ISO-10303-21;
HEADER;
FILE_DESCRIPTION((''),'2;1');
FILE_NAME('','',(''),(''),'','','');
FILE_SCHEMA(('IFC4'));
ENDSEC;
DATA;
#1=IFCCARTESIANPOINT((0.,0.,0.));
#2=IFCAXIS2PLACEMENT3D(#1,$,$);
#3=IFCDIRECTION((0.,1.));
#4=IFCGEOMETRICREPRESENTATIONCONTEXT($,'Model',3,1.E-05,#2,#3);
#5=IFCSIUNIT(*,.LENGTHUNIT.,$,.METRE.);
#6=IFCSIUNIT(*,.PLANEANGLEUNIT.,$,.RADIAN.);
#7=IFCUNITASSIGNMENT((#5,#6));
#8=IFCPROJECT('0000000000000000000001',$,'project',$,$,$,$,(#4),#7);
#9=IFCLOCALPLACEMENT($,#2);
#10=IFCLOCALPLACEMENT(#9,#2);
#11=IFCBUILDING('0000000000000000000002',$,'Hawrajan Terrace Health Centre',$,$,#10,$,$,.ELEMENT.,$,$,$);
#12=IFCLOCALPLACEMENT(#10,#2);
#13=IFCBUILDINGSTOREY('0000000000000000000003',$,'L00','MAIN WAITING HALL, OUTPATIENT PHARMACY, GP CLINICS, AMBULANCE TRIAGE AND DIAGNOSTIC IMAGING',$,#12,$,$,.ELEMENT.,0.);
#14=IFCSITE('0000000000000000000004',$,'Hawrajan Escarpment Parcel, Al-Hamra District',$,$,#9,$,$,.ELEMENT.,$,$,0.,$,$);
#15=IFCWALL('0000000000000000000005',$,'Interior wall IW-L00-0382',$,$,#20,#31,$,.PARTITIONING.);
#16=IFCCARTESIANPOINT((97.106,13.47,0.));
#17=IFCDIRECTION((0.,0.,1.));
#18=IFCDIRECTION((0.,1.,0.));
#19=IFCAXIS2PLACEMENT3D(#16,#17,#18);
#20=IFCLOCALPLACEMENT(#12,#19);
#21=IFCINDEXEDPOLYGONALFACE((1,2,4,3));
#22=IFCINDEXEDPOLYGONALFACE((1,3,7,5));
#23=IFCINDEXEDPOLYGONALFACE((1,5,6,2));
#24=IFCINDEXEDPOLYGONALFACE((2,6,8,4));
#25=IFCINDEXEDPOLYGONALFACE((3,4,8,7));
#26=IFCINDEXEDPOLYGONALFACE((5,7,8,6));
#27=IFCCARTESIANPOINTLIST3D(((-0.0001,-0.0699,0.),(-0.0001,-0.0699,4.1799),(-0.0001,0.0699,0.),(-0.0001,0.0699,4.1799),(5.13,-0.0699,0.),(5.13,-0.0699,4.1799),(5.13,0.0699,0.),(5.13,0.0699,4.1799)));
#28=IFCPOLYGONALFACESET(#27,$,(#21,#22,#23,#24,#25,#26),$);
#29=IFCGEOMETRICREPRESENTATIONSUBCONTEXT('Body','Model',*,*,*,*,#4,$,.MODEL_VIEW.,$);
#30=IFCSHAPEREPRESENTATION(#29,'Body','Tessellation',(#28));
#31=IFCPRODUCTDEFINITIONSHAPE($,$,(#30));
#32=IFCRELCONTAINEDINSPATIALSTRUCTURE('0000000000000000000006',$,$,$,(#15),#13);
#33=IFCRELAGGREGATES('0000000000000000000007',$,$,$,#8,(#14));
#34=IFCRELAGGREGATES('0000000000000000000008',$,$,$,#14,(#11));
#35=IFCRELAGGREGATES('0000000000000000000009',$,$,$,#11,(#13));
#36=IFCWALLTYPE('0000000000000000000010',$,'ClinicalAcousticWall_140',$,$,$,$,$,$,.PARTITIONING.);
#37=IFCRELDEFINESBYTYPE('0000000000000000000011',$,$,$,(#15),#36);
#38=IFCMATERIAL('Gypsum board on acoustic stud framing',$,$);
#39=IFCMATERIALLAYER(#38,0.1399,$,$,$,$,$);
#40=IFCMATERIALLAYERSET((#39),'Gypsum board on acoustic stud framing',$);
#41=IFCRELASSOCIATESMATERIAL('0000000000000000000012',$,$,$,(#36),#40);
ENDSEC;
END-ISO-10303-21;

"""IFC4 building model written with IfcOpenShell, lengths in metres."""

from ifc_helpers import new_model, si_unit, direction, frame, frame_2d, origin, place, context, subcontext, project, spatial, rectangle, extrude, material, layer, layer_set, type_object, element, save


model = new_model("IFC4")

# Units and contexts
model_context = context("Model", 3, precision=1e-05, world=origin(), true_north=direction((0.0, 1.0)))
body_context = subcontext(model_context, "Body", "Model", "MODEL_VIEW")
ifc_project = project(units=[si_unit("LENGTHUNIT", "METRE"), si_unit("PLANEANGLEUNIT", "RADIAN")], contexts=[model_context])

# Site, building, storey
site_placement = place(None, origin())
site = spatial("IfcSite", under=ifc_project, at=site_placement, Name="Hawrajan Escarpment Parcel, Al-Hamra District", CompositionType="ELEMENT", RefElevation=0.0)
building_placement = place(site_placement, origin())
building = spatial("IfcBuilding", under=site, at=building_placement, Name="Hawrajan Terrace Health Centre", CompositionType="ELEMENT")
storey_placement = place(building_placement, origin())
storey = spatial("IfcBuildingStorey", under=building, at=storey_placement, Name="L00", Description="MAIN WAITING HALL, OUTPATIENT PHARMACY, GP CLINICS, AMBULANCE TRIAGE AND DIAGNOSTIC IMAGING", CompositionType="ELEMENT", Elevation=0.0)

# Wall
ifc_material_1 = material(Name="Gypsum board on acoustic stud framing")
ifc_layer_1 = layer(ifc_material_1, 0.1399)
ifc_layer_set_1 = layer_set([ifc_layer_1], Name="Gypsum board on acoustic stud framing")
wall_type = type_object("IfcWallType", Name="ClinicalAcousticWall_140", PredefinedType="PARTITIONING", material=ifc_layer_set_1)
wall_1_placement = place(storey_placement, frame((97.106, 13.47, 0.0), z_axis=(0.0, 0.0, 1.0), x_axis=(0.0, 1.0, 0.0)))
element("IfcWall", 1, at=wall_1_placement, inside=storey, type_object=wall_type, Name="Interior wall IW-L00-0382", PredefinedType="PARTITIONING", context=body_context, shape_type="SweptSolid", body=[
    extrude(rectangle(XDim=5.1301, YDim=0.1399, at=frame_2d((2.5649, 0.0))), origin(), (0.0, 0.0, 1.0), 4.1799),
])

save(model, "model.ifc")
